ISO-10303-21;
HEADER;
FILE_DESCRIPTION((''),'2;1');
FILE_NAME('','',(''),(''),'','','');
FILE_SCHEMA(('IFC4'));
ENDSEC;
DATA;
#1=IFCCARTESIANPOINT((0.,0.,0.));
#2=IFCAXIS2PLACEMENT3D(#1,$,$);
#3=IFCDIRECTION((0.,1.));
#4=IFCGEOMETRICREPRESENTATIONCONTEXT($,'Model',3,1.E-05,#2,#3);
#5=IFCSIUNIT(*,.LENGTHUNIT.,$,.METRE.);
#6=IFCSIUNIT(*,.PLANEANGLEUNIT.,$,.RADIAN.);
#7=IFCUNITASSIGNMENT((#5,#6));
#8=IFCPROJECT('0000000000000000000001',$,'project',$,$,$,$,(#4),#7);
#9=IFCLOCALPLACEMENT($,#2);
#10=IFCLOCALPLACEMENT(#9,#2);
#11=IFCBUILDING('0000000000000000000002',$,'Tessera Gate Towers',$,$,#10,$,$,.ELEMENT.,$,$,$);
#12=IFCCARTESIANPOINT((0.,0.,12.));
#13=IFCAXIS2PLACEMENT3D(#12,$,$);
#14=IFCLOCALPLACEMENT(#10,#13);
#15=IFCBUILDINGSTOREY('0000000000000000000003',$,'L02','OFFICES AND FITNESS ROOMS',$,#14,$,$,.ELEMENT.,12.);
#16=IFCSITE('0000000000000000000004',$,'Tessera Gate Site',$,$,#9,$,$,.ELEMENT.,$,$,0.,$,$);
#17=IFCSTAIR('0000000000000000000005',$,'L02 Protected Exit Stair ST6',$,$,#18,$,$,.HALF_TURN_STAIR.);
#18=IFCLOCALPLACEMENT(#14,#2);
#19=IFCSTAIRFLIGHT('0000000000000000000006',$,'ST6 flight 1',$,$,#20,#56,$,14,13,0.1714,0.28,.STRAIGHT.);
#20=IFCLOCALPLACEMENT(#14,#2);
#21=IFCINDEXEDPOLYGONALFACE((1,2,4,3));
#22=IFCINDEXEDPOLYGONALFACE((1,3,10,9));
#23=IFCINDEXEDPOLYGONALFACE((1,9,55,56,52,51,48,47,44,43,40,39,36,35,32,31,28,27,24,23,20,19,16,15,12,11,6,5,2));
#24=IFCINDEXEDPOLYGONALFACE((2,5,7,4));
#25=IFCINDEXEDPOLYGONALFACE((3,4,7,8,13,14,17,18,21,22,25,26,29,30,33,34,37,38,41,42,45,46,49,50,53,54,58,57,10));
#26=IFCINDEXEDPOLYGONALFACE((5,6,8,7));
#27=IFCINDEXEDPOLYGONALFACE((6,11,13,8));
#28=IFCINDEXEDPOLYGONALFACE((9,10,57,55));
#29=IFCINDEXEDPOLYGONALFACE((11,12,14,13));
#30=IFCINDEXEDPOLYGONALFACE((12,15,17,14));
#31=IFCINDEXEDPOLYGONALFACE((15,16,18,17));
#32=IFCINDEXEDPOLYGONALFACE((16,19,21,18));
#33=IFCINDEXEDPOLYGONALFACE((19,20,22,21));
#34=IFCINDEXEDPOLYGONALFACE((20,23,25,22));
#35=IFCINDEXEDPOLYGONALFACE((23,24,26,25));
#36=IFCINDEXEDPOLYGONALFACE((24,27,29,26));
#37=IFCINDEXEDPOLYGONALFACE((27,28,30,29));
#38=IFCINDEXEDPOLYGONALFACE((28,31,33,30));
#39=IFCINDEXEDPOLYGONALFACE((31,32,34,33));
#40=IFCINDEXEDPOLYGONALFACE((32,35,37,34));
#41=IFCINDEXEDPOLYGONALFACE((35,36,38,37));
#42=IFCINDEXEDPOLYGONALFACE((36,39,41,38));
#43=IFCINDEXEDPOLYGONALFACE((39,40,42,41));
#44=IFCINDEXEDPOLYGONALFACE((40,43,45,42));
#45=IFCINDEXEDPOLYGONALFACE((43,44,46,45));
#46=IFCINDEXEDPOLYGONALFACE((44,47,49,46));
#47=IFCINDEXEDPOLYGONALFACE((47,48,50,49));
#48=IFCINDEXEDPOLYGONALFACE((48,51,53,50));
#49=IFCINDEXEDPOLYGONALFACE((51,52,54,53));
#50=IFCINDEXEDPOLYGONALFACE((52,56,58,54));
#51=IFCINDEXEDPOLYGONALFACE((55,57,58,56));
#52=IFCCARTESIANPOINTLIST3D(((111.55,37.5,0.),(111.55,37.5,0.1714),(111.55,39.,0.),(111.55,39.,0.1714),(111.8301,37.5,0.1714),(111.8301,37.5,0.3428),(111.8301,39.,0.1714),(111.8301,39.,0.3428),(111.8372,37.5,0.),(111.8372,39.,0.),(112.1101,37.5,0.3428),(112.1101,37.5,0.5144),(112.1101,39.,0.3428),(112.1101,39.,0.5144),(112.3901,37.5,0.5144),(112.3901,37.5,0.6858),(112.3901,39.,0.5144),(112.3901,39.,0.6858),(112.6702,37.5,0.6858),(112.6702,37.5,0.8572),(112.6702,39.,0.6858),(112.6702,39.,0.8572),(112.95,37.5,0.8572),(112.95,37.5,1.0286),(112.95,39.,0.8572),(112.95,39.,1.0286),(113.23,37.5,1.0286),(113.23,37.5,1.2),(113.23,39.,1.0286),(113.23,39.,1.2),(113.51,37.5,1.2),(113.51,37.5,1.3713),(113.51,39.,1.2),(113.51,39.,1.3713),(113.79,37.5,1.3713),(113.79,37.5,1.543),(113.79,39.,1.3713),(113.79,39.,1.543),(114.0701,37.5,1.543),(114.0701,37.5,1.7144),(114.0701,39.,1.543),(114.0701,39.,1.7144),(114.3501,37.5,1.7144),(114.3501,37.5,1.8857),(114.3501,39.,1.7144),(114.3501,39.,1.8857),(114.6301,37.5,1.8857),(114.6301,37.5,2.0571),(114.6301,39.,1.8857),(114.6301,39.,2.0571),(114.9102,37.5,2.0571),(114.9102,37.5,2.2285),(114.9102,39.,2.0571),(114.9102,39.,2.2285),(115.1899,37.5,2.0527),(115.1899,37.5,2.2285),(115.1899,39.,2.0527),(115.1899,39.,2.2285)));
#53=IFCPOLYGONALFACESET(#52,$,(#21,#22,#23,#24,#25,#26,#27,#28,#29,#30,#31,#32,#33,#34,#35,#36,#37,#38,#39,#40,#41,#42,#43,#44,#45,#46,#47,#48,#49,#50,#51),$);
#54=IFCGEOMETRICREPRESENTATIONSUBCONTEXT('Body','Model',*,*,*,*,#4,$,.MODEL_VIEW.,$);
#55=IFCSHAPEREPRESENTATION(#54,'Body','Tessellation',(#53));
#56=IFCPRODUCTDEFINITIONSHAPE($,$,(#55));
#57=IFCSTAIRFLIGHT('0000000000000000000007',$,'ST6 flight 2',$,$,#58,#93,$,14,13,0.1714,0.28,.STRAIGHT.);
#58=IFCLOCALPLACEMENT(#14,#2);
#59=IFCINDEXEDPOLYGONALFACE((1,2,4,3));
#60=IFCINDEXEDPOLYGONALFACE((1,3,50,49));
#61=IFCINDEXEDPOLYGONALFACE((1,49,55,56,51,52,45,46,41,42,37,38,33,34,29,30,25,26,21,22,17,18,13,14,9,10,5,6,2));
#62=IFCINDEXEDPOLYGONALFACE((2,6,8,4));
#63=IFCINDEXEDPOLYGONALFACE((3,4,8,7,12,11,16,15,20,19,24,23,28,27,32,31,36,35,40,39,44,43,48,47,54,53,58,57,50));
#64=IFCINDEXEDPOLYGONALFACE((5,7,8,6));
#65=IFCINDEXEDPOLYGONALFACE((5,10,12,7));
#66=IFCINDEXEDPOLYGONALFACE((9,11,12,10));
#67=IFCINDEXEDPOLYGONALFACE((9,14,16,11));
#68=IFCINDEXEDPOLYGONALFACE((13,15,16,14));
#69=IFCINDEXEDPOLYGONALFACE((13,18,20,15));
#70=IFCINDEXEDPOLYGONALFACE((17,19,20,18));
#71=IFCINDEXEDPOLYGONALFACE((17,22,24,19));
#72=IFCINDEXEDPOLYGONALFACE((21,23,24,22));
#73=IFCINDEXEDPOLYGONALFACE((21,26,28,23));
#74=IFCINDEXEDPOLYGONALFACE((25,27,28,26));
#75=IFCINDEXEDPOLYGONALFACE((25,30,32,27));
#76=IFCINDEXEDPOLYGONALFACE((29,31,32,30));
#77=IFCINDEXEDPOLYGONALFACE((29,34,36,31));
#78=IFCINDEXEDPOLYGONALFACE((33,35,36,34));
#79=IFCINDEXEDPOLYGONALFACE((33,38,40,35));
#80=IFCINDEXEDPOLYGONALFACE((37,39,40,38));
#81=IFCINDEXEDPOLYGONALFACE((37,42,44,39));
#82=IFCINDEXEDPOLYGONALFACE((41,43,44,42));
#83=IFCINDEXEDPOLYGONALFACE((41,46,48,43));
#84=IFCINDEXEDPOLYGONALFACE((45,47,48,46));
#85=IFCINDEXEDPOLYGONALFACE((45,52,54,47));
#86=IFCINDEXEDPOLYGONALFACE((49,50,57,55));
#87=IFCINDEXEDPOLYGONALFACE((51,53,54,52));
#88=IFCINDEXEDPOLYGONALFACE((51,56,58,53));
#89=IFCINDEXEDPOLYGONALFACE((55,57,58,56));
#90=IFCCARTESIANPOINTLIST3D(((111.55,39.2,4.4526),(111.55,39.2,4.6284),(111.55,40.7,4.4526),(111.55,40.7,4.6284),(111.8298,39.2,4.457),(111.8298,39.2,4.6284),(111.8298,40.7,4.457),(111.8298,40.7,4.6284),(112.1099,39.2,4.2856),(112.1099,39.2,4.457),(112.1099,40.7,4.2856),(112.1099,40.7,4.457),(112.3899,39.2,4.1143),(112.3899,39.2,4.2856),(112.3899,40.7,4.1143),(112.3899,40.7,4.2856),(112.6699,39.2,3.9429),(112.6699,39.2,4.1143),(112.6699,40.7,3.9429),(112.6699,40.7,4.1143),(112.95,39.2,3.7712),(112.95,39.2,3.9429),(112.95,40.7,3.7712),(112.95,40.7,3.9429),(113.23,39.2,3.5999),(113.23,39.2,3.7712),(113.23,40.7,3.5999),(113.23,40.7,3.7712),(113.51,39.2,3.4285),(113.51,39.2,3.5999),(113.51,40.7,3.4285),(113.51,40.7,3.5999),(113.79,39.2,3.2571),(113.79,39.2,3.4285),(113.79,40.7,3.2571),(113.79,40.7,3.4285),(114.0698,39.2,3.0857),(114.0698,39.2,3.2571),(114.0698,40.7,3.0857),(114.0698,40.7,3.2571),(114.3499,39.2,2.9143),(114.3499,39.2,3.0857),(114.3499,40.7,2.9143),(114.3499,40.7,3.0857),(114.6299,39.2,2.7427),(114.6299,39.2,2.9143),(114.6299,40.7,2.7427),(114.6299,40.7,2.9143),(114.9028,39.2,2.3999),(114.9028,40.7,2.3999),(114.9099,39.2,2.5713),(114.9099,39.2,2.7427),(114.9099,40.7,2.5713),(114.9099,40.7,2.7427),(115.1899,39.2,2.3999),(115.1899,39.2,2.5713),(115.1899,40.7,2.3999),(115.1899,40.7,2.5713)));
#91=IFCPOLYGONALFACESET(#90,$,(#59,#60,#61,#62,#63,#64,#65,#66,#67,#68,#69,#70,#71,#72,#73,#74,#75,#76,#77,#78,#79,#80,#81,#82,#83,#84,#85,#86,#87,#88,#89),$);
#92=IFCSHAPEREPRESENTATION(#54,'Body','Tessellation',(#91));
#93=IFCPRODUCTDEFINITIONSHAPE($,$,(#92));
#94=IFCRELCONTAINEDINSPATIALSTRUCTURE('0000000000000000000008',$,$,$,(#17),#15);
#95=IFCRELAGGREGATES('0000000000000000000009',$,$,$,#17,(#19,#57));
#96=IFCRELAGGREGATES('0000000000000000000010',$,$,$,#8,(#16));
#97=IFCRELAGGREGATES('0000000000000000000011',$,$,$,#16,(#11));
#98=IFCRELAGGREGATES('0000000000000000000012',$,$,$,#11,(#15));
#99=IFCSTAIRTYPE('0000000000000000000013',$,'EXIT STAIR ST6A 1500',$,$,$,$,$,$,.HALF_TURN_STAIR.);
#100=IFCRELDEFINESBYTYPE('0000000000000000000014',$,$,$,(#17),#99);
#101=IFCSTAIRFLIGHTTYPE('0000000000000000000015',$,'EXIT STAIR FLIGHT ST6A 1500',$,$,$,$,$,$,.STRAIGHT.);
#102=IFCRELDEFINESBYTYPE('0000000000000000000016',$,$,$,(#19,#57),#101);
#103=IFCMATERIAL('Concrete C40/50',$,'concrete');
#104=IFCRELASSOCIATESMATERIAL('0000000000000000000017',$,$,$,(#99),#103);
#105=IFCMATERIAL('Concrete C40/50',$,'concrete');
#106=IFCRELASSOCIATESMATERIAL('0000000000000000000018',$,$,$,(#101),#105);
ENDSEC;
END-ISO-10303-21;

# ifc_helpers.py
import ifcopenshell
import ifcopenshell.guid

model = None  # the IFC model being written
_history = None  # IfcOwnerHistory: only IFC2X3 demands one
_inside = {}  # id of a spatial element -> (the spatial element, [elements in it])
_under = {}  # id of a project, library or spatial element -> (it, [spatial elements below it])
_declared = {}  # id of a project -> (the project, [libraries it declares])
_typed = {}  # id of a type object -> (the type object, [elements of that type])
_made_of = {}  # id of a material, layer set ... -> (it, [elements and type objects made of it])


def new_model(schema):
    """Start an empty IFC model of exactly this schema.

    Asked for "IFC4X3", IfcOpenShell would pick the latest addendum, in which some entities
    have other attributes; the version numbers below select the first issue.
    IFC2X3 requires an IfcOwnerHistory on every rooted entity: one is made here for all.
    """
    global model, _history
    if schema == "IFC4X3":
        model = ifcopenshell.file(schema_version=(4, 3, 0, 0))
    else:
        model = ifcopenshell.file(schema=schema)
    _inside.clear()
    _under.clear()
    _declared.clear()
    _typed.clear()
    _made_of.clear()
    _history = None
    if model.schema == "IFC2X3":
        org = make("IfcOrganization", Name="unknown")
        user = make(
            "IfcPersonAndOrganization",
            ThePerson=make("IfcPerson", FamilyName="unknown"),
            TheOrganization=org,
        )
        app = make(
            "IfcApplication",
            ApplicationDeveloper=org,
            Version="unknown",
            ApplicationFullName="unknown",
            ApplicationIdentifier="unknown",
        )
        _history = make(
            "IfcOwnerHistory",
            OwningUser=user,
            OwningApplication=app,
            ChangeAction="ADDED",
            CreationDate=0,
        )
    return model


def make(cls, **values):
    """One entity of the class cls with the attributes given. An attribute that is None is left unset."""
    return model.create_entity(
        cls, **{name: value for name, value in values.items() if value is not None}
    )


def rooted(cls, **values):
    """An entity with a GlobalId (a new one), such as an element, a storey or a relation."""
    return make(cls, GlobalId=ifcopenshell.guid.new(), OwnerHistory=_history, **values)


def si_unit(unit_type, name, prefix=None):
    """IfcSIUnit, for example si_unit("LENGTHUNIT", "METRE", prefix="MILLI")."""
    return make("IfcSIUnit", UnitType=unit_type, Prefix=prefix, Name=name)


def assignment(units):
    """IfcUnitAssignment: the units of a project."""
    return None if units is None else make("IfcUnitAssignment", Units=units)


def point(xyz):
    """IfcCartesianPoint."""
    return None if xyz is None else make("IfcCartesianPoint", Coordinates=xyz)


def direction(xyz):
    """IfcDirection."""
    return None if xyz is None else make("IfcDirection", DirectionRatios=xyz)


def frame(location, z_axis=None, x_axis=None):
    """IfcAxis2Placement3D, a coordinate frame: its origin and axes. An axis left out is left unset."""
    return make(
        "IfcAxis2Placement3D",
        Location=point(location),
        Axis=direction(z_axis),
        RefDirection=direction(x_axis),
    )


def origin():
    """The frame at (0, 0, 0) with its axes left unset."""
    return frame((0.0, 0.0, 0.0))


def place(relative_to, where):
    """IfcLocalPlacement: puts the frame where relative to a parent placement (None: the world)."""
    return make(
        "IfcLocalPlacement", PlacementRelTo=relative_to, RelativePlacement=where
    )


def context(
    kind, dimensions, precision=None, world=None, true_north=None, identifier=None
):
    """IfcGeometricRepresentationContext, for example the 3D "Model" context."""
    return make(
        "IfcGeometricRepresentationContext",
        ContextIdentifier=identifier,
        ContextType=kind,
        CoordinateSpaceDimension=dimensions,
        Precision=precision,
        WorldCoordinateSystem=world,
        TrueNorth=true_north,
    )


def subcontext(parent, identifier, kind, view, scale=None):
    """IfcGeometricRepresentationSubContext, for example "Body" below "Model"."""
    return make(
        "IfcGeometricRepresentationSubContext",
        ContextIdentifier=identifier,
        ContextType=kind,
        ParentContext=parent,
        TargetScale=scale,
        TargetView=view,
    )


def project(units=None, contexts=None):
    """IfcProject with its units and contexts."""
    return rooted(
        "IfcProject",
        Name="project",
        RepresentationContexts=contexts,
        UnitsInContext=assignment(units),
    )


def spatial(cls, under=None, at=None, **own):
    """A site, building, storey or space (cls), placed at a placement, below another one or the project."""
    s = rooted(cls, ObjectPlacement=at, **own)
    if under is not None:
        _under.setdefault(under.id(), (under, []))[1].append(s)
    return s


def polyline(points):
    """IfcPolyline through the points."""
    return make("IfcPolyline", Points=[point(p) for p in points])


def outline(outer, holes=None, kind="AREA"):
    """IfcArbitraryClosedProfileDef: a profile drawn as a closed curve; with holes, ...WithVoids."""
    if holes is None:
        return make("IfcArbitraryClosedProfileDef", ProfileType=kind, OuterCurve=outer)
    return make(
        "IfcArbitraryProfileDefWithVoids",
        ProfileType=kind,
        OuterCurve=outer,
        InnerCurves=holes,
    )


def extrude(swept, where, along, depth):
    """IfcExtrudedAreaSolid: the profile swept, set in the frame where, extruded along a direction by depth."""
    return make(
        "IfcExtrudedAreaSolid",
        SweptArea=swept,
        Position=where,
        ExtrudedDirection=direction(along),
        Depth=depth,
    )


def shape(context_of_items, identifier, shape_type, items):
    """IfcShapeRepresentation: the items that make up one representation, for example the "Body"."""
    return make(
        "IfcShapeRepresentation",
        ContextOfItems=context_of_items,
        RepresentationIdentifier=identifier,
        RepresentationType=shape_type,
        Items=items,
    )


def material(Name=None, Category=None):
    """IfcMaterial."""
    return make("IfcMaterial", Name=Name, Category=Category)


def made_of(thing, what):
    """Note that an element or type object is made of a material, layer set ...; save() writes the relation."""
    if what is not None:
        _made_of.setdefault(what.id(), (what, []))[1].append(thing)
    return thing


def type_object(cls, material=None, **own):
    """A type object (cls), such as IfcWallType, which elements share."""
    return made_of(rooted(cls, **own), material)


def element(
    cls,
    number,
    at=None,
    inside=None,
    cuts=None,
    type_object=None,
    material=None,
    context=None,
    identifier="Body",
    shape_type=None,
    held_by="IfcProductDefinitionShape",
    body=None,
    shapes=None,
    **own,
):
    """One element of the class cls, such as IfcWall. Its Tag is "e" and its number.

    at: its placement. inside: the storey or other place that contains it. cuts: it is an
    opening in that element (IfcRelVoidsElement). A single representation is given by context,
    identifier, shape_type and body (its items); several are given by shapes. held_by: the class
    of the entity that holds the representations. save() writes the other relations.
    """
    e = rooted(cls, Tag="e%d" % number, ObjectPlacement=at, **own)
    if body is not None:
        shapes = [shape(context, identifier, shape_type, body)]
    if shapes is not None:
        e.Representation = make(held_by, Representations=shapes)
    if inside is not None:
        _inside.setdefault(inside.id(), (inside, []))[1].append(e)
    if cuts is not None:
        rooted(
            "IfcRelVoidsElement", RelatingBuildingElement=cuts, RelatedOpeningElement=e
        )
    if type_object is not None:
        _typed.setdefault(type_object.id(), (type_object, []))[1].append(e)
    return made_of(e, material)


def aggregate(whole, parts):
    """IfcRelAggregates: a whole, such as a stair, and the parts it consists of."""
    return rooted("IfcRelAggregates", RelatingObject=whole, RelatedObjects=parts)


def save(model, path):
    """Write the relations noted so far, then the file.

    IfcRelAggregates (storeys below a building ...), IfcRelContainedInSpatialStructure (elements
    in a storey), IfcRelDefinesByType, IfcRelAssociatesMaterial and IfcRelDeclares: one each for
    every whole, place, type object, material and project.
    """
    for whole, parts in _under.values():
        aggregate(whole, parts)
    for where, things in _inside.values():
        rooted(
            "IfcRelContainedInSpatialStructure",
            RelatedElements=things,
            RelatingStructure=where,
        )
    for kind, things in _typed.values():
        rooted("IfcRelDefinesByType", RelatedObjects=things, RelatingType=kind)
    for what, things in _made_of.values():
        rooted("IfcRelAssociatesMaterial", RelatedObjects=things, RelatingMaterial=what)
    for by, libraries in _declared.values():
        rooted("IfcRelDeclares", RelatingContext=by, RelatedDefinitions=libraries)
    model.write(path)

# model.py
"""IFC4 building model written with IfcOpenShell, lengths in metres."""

from ifc_helpers import new_model, si_unit, direction, frame, origin, place, context, subcontext, project, spatial, polyline, outline, extrude, material, type_object, element, aggregate, save


model = new_model("IFC4")

# Units and contexts
model_context = context("Model", 3, precision=1e-05, world=origin(), true_north=direction((0.0, 1.0)))
body_context = subcontext(model_context, "Body", "Model", "MODEL_VIEW")
ifc_project = project(units=[si_unit("LENGTHUNIT", "METRE"), si_unit("PLANEANGLEUNIT", "RADIAN")], contexts=[model_context])

# Site, building, storey
site_placement = place(None, origin())
site = spatial("IfcSite", under=ifc_project, at=site_placement, Name="Tessera Gate Site", CompositionType="ELEMENT", RefElevation=0.0)
building_placement = place(site_placement, origin())
building = spatial("IfcBuilding", under=site, at=building_placement, Name="Tessera Gate Towers", CompositionType="ELEMENT")
storey_placement = place(building_placement, frame((0.0, 0.0, 12.0)))
storey = spatial("IfcBuildingStorey", under=building, at=storey_placement, Name="L02", Description="OFFICES AND FITNESS ROOMS", CompositionType="ELEMENT", Elevation=12.0)

# Stair, stair flights
ifc_material_1 = material(Name="Concrete C40/50", Category="concrete")
stair_type = type_object("IfcStairType", Name="EXIT STAIR ST6A 1500", PredefinedType="HALF_TURN_STAIR", material=ifc_material_1)
stair_placement = place(storey_placement, origin())
stair = element("IfcStair", 1, at=stair_placement, inside=storey, type_object=stair_type, Name="L02 Protected Exit Stair ST6", PredefinedType="HALF_TURN_STAIR")
ifc_material_2 = material(Name="Concrete C40/50", Category="concrete")
stair_flight_type = type_object("IfcStairFlightType", Name="EXIT STAIR FLIGHT ST6A 1500", PredefinedType="STRAIGHT", material=ifc_material_2)
stair_flight_1_placement = place(storey_placement, frame((111.55, 38.25, 0.0), z_axis=(0.0, 0.0, 1.0), x_axis=(1.0, 0.0, 0.0)))
stair_flight_1 = element("IfcStairFlight", 2, at=stair_flight_1_placement, type_object=stair_flight_type, Name="ST6 flight 1", NumberOfRisers=14, NumberOfTreads=13, PredefinedType="STRAIGHT", RiserHeight=0.1714, TreadLength=0.28, context=body_context, shape_type="SweptSolid", body=[
    extrude(outline(polyline([(0.0, 0.0), (0.0, 0.1714), (0.28, 0.1714), (0.28, 0.3428), (0.5601, 0.3428), (0.5601, 0.5144), (0.8401, 0.5144), (0.8401, 0.6858), (1.1201, 0.6858), (1.1201, 0.8572), (1.3999, 0.8572), (1.3999, 1.0286), (1.6799, 1.0286), (1.6799, 1.2), (1.96, 1.2), (1.96, 1.3713), (2.24, 1.3713), (2.24, 1.543), (2.52, 1.543), (2.52, 1.7144), (2.8, 1.7144), (2.8, 1.8857), (3.0801, 1.8857), (3.0801, 2.0571), (3.3601, 2.0571), (3.3601, 2.2285), (3.6399, 2.2285), (3.6399, 2.3999), (3.6399, 2.0527), (0.2871, 0.0), (0.0, 0.0)])), frame((0.0, 0.75, 0.0), z_axis=(0.0, -1.0, 0.0), x_axis=(1.0, 0.0, 0.0)), (0.0, 0.0, 1.0), 1.5),
])
stair_flight_2_placement = place(storey_placement, frame((115.1899, 39.95, 2.3999), z_axis=(0.0, 0.0, 1.0), x_axis=(-1.0, 0.0, 0.0)))
stair_flight_2 = element("IfcStairFlight", 3, at=stair_flight_2_placement, type_object=stair_flight_type, Name="ST6 flight 2", NumberOfRisers=14, NumberOfTreads=13, PredefinedType="STRAIGHT", RiserHeight=0.1714, TreadLength=0.28, context=body_context, shape_type="SweptSolid", body=[
    extrude(outline(polyline([(0.0, 0.0), (0.0, 0.1714), (0.28, 0.1714), (0.28, 0.3428), (0.5601, 0.3428), (0.5601, 0.5144), (0.8401, 0.5144), (0.8401, 0.6858), (1.1201, 0.6858), (1.1201, 0.8572), (1.3999, 0.8572), (1.3999, 1.0286), (1.6799, 1.0286), (1.6799, 1.2), (1.96, 1.2), (1.96, 1.3713), (2.24, 1.3713), (2.24, 1.543), (2.52, 1.543), (2.52, 1.7144), (2.8, 1.7144), (2.8, 1.8857), (3.0801, 1.8857), (3.0801, 2.0571), (3.3601, 2.0571), (3.3601, 2.2285), (3.6399, 2.2285), (3.6399, 2.3999), (3.6399, 2.0527), (0.2871, 0.0), (0.0, 0.0)])), frame((0.0, 0.75, 0.0), z_axis=(0.0, -1.0, 0.0), x_axis=(1.0, 0.0, 0.0)), (0.0, 0.0, 1.0), 1.5),
])
aggregate(stair, [stair_flight_1, stair_flight_2])

save(model, "model.ifc")
